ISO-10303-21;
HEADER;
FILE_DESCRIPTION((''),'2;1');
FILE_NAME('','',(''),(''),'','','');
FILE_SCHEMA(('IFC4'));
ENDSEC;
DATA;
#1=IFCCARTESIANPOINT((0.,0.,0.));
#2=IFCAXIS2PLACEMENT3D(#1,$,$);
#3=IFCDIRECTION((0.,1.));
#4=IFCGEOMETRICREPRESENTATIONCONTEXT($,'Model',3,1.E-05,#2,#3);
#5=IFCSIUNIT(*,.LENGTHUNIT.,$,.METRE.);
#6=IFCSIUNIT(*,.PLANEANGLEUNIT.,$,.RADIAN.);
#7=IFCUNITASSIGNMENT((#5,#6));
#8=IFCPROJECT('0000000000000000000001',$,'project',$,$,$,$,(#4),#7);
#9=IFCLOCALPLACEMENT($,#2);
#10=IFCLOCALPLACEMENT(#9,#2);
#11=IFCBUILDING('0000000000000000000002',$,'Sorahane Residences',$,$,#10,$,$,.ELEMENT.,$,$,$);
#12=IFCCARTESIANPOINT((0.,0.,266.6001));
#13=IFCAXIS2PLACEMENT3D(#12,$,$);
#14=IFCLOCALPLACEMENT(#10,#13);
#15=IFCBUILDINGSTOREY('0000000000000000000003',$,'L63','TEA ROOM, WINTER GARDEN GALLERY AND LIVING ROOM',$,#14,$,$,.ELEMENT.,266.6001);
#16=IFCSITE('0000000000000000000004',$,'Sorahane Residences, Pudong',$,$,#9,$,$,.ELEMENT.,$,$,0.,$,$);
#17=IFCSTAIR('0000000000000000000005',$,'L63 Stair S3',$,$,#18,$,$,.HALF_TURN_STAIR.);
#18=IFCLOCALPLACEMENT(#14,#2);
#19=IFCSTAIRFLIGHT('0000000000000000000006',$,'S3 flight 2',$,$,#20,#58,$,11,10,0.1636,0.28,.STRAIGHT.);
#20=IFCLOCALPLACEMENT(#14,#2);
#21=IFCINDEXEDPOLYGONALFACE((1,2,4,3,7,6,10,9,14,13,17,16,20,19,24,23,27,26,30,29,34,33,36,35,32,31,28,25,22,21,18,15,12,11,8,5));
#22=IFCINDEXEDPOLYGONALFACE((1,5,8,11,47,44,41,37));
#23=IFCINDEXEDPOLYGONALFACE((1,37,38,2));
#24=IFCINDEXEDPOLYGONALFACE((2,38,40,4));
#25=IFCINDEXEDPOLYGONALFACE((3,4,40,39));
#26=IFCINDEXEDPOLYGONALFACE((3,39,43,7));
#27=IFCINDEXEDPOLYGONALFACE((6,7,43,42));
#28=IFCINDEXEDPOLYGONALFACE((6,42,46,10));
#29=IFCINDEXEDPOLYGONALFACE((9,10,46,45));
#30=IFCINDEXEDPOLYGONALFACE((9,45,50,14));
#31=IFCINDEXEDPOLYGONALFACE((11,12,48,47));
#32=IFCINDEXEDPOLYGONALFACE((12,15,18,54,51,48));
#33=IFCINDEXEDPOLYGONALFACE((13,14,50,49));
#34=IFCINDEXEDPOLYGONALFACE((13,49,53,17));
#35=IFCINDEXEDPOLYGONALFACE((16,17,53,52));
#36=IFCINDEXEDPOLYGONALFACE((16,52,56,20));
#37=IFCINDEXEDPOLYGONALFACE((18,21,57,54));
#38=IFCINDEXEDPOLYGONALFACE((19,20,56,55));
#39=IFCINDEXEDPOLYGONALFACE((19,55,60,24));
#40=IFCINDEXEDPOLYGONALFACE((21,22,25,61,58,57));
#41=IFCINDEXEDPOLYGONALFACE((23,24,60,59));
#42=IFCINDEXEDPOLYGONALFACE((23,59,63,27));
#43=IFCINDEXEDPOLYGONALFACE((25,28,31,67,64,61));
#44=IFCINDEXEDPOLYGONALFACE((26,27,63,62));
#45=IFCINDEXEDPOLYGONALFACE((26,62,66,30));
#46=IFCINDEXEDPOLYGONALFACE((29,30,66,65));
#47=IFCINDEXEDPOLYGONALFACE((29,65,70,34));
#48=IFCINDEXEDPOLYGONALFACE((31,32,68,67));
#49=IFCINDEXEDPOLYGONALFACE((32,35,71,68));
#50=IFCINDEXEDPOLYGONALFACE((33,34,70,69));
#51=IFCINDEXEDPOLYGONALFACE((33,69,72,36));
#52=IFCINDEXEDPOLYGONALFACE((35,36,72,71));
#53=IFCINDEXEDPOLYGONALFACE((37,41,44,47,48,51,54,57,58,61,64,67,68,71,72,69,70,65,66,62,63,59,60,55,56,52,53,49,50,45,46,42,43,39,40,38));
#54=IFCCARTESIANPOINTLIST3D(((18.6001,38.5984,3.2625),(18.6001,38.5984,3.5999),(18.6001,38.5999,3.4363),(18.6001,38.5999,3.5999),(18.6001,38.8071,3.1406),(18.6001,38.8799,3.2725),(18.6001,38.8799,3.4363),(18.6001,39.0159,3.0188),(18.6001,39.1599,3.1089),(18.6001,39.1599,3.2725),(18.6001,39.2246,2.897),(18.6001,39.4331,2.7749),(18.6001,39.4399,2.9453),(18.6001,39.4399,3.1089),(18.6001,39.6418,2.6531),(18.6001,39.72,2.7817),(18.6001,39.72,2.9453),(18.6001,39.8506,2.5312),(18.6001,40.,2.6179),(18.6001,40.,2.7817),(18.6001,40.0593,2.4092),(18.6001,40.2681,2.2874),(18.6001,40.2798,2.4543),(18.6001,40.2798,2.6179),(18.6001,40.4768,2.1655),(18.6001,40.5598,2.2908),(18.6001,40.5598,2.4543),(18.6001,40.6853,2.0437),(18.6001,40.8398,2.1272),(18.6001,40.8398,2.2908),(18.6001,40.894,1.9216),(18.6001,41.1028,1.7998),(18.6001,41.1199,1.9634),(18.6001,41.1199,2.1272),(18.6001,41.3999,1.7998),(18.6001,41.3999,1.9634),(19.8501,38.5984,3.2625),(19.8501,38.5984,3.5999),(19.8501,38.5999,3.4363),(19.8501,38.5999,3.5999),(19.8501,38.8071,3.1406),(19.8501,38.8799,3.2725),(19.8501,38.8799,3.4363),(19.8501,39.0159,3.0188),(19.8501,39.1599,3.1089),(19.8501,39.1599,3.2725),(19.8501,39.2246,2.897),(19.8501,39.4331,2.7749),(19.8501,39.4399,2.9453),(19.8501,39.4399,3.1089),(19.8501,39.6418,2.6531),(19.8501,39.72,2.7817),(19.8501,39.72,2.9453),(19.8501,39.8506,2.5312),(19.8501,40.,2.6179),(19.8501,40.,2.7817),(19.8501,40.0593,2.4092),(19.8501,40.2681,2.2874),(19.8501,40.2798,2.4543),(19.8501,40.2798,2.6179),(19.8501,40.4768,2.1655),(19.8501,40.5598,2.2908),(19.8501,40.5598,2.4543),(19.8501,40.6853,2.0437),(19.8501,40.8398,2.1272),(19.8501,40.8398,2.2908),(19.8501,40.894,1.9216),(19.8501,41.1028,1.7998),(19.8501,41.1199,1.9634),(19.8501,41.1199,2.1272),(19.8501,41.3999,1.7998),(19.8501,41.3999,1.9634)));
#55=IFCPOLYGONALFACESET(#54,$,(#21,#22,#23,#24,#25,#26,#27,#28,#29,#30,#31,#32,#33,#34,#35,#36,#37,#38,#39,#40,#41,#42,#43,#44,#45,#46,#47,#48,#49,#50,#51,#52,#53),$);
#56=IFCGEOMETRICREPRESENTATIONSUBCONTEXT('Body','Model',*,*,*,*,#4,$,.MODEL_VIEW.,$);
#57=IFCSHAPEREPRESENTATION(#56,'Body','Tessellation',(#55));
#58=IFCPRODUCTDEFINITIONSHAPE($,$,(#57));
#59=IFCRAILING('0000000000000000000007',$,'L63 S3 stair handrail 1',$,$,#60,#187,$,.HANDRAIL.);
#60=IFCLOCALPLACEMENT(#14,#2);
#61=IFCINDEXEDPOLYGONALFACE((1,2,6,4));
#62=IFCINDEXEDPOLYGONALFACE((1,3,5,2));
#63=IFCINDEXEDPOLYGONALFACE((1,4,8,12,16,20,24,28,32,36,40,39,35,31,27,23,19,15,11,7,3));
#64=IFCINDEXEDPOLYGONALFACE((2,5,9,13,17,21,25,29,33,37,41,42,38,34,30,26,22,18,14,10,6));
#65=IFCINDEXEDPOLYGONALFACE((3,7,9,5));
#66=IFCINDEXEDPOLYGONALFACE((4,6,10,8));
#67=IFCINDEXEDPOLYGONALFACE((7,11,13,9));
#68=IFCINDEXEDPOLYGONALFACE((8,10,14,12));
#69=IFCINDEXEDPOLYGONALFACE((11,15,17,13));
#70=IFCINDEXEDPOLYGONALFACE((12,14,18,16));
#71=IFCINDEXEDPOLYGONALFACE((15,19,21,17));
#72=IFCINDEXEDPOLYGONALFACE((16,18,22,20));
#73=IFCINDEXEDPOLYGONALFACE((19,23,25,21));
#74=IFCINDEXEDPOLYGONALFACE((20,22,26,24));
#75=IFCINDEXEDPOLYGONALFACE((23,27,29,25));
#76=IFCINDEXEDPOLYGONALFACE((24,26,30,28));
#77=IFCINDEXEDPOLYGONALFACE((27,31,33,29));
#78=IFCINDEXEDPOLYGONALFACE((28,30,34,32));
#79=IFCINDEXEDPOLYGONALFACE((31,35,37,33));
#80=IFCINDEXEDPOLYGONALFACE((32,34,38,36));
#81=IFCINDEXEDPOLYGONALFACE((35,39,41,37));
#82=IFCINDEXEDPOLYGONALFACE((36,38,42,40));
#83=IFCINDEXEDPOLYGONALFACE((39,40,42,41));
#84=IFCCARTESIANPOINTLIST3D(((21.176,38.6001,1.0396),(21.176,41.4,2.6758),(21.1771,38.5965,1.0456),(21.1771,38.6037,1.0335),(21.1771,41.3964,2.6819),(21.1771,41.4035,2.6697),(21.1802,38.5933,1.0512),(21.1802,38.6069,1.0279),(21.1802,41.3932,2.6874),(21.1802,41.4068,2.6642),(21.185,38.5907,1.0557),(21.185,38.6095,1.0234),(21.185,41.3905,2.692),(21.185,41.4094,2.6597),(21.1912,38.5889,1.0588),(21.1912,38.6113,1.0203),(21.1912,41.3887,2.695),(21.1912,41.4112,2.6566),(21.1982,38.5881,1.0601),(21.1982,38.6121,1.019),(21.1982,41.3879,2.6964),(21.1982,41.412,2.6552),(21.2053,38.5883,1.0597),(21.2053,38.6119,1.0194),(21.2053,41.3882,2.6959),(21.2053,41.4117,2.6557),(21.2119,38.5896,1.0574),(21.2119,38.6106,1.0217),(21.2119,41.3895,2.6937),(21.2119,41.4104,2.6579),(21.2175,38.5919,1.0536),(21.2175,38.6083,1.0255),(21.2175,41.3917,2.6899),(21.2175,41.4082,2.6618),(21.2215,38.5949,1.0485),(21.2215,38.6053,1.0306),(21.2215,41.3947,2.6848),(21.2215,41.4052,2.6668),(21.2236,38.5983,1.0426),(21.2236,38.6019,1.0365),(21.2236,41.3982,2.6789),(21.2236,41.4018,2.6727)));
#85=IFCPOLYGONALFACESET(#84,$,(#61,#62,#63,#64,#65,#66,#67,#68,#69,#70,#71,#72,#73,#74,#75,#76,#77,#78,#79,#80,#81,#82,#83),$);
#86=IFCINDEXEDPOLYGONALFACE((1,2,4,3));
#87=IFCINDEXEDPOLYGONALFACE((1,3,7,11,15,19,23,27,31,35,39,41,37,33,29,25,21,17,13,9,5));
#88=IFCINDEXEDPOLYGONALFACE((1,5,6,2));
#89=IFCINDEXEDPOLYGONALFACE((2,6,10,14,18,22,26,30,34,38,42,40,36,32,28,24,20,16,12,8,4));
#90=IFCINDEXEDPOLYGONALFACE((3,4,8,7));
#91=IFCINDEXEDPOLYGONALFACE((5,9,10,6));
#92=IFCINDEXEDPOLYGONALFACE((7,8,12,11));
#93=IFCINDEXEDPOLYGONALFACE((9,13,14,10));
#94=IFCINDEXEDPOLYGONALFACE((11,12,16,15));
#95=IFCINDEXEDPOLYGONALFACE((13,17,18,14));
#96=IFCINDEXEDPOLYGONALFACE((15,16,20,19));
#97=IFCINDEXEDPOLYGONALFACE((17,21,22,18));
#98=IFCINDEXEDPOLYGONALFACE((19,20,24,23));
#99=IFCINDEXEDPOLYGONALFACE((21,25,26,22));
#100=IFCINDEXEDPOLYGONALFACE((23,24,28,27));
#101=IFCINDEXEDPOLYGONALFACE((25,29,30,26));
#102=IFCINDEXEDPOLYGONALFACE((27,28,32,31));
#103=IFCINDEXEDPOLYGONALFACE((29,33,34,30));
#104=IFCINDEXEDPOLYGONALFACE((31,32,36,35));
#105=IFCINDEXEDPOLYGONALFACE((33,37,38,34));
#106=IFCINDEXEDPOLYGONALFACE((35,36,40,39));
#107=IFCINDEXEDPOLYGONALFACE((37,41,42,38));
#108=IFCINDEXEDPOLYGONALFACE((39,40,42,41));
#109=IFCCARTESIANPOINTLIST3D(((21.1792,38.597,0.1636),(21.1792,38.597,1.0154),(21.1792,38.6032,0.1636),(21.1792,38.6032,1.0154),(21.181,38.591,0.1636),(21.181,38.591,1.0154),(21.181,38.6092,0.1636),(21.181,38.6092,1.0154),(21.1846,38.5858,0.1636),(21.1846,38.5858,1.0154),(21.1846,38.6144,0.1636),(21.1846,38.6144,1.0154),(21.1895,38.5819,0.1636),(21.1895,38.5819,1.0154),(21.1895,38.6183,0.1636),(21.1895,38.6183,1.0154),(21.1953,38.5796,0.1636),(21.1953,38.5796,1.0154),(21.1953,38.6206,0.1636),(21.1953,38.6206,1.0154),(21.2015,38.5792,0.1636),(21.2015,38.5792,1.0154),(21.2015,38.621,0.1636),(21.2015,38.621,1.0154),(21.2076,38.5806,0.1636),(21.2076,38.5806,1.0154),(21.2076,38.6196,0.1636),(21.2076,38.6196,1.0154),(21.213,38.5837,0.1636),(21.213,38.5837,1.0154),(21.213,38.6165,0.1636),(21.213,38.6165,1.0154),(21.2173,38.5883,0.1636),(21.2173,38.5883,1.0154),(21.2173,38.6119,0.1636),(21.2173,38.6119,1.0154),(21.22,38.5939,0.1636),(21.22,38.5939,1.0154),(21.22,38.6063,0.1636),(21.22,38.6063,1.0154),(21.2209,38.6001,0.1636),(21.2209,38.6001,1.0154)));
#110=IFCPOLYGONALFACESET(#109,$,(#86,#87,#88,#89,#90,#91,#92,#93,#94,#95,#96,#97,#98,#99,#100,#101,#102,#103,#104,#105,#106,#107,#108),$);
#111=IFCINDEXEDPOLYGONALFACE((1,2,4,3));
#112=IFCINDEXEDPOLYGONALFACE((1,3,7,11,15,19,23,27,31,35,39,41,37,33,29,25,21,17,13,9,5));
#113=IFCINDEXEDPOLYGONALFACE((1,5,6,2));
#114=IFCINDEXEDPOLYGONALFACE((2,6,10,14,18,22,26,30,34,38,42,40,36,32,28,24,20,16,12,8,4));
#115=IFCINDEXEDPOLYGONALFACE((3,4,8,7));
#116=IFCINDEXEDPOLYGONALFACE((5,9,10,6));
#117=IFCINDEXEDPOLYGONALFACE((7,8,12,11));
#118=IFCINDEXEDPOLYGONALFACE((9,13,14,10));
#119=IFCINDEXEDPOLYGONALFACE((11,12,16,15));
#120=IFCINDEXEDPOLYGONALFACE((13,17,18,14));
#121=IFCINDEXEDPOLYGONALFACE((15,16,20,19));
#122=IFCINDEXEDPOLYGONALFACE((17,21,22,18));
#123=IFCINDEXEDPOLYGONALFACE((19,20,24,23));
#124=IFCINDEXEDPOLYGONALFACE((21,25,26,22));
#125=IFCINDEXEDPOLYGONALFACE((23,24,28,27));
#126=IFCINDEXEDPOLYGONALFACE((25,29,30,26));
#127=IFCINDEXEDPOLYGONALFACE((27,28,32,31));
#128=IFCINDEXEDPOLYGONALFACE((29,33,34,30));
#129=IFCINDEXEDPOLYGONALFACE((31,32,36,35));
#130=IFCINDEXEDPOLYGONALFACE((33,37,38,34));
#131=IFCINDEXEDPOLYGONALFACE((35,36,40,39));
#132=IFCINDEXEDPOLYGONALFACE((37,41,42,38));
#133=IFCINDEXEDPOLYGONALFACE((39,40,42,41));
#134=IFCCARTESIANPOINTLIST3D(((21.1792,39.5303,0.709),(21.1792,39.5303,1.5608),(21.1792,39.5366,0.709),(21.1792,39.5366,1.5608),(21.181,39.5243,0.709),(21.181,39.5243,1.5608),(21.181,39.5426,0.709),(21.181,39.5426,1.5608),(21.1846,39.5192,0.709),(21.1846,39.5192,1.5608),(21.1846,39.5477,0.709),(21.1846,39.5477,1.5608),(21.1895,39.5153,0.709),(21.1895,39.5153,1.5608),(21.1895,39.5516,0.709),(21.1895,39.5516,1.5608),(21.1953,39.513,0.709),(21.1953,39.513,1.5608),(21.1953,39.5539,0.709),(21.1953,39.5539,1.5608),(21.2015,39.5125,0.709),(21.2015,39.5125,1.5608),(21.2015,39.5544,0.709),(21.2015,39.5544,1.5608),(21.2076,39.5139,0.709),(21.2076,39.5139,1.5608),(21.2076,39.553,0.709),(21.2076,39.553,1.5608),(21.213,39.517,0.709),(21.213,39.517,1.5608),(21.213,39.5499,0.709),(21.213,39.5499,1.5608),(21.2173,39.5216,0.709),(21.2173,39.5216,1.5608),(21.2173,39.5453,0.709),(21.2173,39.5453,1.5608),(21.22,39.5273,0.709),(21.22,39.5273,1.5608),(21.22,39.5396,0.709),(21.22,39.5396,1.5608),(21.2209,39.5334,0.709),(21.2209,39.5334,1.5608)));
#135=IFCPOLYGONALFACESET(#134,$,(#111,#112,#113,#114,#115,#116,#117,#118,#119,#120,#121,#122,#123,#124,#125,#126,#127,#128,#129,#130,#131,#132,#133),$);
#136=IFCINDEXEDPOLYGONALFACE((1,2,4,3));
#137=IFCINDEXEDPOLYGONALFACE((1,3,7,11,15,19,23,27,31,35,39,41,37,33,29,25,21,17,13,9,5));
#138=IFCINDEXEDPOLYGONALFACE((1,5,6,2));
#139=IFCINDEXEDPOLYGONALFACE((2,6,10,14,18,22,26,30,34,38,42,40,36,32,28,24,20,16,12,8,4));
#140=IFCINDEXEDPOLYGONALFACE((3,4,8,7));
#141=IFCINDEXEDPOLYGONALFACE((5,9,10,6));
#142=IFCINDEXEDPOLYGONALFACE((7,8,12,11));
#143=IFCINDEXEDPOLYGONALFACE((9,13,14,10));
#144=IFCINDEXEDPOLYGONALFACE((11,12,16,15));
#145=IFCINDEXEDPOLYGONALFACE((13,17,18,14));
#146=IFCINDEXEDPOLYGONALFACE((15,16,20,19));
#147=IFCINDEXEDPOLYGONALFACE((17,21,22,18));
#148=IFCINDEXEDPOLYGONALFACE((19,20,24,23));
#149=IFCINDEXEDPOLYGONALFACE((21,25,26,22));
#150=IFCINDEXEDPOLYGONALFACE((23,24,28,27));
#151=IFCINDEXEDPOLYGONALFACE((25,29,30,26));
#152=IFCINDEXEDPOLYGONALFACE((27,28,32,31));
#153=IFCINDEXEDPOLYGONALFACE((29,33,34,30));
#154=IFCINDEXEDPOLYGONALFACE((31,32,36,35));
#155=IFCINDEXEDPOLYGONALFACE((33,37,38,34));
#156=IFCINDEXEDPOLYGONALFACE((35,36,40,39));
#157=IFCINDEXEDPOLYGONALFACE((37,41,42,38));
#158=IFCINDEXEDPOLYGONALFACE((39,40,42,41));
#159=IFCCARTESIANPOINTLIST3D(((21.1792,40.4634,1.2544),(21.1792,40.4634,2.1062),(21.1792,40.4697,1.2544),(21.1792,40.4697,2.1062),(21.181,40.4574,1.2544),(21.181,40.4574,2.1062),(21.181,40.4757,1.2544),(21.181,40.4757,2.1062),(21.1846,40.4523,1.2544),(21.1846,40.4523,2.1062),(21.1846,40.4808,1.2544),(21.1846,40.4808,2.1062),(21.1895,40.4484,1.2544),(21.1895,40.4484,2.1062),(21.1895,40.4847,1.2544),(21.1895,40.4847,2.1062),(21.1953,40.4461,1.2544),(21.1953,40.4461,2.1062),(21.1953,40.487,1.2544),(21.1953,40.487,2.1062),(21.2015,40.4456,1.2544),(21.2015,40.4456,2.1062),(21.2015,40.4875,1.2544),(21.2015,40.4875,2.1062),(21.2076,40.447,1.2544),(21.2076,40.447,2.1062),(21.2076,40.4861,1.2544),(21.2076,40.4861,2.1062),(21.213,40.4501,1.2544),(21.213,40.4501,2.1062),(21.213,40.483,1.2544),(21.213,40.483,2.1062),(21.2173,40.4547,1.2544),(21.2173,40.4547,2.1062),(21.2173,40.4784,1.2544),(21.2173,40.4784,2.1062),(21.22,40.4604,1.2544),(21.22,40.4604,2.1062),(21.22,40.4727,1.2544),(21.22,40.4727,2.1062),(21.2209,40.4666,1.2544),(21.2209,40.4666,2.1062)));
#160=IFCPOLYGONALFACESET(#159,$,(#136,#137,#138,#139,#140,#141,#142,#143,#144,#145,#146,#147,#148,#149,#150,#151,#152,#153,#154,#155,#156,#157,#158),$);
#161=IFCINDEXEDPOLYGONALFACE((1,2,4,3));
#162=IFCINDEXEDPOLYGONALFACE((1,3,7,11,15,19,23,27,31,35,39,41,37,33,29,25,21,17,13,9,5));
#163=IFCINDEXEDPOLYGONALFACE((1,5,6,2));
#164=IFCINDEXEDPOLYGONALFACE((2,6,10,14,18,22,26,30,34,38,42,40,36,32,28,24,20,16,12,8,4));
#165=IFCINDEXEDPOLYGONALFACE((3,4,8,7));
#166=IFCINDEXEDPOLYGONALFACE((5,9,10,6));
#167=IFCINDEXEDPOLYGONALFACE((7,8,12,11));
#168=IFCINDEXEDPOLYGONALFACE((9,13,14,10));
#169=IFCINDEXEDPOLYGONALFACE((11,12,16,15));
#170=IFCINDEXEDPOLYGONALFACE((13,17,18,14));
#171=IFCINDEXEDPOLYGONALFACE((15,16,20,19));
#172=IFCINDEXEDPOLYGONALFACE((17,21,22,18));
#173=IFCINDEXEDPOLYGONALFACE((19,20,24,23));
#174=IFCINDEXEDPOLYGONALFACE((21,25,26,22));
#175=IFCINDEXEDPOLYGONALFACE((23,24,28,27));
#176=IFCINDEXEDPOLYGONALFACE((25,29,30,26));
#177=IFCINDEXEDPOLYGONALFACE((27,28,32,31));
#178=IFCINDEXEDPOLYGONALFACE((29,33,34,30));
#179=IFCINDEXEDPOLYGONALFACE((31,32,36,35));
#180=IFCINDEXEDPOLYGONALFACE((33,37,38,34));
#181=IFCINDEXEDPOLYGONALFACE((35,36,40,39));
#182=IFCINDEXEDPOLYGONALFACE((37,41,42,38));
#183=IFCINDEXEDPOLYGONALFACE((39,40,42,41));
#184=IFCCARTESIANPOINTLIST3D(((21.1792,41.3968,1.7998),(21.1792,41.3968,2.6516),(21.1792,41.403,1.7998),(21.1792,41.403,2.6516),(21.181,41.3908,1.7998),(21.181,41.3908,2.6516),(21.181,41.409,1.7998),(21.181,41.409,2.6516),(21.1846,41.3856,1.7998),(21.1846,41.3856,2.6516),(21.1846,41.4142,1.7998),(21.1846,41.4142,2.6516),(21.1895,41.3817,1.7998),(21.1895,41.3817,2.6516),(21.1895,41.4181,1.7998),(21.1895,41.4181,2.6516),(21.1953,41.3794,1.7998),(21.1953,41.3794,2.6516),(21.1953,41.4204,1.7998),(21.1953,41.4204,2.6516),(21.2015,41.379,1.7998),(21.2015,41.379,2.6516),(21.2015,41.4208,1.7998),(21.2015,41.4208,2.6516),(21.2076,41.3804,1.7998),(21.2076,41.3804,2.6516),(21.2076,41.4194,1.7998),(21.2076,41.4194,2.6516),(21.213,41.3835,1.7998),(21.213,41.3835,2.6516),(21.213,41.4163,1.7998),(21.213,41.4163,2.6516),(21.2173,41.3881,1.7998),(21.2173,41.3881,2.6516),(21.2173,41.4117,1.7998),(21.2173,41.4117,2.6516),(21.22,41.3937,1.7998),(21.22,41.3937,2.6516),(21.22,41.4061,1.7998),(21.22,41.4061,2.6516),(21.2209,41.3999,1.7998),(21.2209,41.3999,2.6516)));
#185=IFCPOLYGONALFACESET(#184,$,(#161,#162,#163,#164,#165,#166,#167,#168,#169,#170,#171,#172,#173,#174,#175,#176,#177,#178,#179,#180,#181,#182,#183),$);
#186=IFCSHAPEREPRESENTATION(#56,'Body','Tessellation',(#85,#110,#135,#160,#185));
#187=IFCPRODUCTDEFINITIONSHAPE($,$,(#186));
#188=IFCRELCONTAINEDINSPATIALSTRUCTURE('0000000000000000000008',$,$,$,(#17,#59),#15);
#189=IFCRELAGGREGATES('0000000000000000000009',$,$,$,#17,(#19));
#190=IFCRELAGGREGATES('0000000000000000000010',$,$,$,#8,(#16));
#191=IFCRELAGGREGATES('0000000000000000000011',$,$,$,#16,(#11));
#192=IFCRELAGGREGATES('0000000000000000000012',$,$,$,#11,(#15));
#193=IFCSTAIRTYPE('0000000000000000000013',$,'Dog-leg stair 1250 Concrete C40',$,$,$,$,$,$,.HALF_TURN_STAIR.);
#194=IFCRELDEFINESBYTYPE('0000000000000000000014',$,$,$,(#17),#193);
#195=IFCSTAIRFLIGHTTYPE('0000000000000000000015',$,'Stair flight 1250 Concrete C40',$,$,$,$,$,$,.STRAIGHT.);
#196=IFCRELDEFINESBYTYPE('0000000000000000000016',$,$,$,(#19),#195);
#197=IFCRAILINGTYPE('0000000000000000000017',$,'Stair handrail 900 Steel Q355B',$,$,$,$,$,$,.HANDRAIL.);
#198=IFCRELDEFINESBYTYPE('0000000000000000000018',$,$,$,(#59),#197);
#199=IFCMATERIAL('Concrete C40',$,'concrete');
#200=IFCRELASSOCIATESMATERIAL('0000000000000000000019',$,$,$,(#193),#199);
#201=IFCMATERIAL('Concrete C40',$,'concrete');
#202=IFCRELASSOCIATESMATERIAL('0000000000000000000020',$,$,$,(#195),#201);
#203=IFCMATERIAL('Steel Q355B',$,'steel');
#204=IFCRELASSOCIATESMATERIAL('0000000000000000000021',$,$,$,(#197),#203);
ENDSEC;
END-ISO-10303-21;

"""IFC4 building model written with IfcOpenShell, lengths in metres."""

from ifc_helpers import new_model, si_unit, direction, frame, origin, origin_2d, place, context, subcontext, project, spatial, polyline, circle, outline, extrude, material, type_object, element, aggregate, save


model = new_model("IFC4")

# Units and contexts
model_context = context("Model", 3, precision=1e-05, world=origin(), true_north=direction((0.0, 1.0)))
body_context = subcontext(model_context, "Body", "Model", "MODEL_VIEW")
ifc_project = project(units=[si_unit("LENGTHUNIT", "METRE"), si_unit("PLANEANGLEUNIT", "RADIAN")], contexts=[model_context])

# Site, building, storey
site_placement = place(None, origin())
site = spatial("IfcSite", under=ifc_project, at=site_placement, Name="Sorahane Residences, Pudong", CompositionType="ELEMENT", RefElevation=0.0)
building_placement = place(site_placement, origin())
building = spatial("IfcBuilding", under=site, at=building_placement, Name="Sorahane Residences", CompositionType="ELEMENT")
storey_placement = place(building_placement, frame((0.0, 0.0, 266.6001)))
storey = spatial("IfcBuildingStorey", under=building, at=storey_placement, Name="L63", Description="TEA ROOM, WINTER GARDEN GALLERY AND LIVING ROOM", CompositionType="ELEMENT", Elevation=266.6001)

# Stair, stair flight
ifc_material_1 = material(Name="Concrete C40", Category="concrete")
stair_type = type_object("IfcStairType", Name="Dog-leg stair 1250 Concrete C40", PredefinedType="HALF_TURN_STAIR", material=ifc_material_1)
stair_placement = place(storey_placement, origin())
stair = element("IfcStair", 1, at=stair_placement, inside=storey, type_object=stair_type, Name="L63 Stair S3", PredefinedType="HALF_TURN_STAIR")
ifc_material_2 = material(Name="Concrete C40", Category="concrete")
stair_flight_type = type_object("IfcStairFlightType", Name="Stair flight 1250 Concrete C40", PredefinedType="STRAIGHT", material=ifc_material_2)
stair_flight_1_placement = place(storey_placement, frame((19.2251, 41.3999, 1.7998), z_axis=(0.0, 0.0, 1.0), x_axis=(0.0, -1.0, 0.0)))
stair_flight_1 = element("IfcStairFlight", 2, at=stair_flight_1_placement, type_object=stair_flight_type, Name="S3 flight 2", NumberOfRisers=11, NumberOfTreads=10, PredefinedType="STRAIGHT", RiserHeight=0.1636, TreadLength=0.28, context=body_context, shape_type="SweptSolid", body=[
    extrude(outline(polyline([(0.0, 0.0), (0.0, 0.1636), (0.28, 0.1636), (0.28, 0.3274), (0.5601, 0.3274), (0.5601, 0.491), (0.8401, 0.491), (0.8401, 0.6545), (1.1201, 0.6545), (1.1201, 0.8181), (1.3999, 0.8181), (1.3999, 0.9819), (1.6799, 0.9819), (1.6799, 1.1455), (1.96, 1.1455), (1.96, 1.3091), (2.24, 1.3091), (2.24, 1.4727), (2.52, 1.4727), (2.52, 1.6365), (2.8, 1.6365), (2.8, 1.8), (2.8015, 1.8), (2.8015, 1.4626), (2.5928, 1.3408), (2.384, 1.219), (2.1753, 1.0972), (1.9668, 0.9751), (1.7581, 0.8533), (1.5493, 0.7314), (1.3406, 0.6094), (1.1318, 0.4875), (0.9231, 0.3657), (0.7146, 0.2439), (0.5059, 0.1218), (0.2971, 0.0), (0.0, 0.0)])), frame((0.0, 0.625, 0.0), z_axis=(0.0, -1.0, 0.0), x_axis=(1.0, 0.0, 0.0)), (0.0, 0.0, 1.0), 1.25),
])
aggregate(stair, [stair_flight_1])

# Railing
ifc_material_3 = material(Name="Steel Q355B", Category="steel")
railing_type_1 = type_object("IfcRailingType", Name="Stair handrail 900 Steel Q355B", PredefinedType="HANDRAIL", material=ifc_material_3)
railing_1_placement = place(storey_placement, frame((21.2, 38.6001, 0.1636)))
element("IfcRailing", 3, at=railing_1_placement, inside=storey, type_object=railing_type_1, Name="L63 S3 stair handrail 1", PredefinedType="HANDRAIL", context=body_context, shape_type="SweptSolid", body=[
    extrude(circle(Radius=0.0239, at=origin_2d()), frame((0.0, 0.0, 0.876), z_axis=(0.0, 0.863374, 0.504564), x_axis=(-1.0, 0.0, 0.0)), (0.0, 0.0, 1.0), 3.2429),
    extrude(circle(Radius=0.021, at=origin_2d()), origin(), (0.0, 0.0, 1.0), 0.8518),
    extrude(circle(Radius=0.021, at=origin_2d()), frame((0.0, 0.9333, 0.5454)), (0.0, 0.0, 1.0), 0.8518),
    extrude(circle(Radius=0.021, at=origin_2d()), frame((0.0, 1.8665, 1.0908)), (0.0, 0.0, 1.0), 0.8518),
    extrude(circle(Radius=0.021, at=origin_2d()), frame((0.0, 2.7998, 1.6362)), (0.0, 0.0, 1.0), 0.8518),
])

save(model, "model.ifc")
